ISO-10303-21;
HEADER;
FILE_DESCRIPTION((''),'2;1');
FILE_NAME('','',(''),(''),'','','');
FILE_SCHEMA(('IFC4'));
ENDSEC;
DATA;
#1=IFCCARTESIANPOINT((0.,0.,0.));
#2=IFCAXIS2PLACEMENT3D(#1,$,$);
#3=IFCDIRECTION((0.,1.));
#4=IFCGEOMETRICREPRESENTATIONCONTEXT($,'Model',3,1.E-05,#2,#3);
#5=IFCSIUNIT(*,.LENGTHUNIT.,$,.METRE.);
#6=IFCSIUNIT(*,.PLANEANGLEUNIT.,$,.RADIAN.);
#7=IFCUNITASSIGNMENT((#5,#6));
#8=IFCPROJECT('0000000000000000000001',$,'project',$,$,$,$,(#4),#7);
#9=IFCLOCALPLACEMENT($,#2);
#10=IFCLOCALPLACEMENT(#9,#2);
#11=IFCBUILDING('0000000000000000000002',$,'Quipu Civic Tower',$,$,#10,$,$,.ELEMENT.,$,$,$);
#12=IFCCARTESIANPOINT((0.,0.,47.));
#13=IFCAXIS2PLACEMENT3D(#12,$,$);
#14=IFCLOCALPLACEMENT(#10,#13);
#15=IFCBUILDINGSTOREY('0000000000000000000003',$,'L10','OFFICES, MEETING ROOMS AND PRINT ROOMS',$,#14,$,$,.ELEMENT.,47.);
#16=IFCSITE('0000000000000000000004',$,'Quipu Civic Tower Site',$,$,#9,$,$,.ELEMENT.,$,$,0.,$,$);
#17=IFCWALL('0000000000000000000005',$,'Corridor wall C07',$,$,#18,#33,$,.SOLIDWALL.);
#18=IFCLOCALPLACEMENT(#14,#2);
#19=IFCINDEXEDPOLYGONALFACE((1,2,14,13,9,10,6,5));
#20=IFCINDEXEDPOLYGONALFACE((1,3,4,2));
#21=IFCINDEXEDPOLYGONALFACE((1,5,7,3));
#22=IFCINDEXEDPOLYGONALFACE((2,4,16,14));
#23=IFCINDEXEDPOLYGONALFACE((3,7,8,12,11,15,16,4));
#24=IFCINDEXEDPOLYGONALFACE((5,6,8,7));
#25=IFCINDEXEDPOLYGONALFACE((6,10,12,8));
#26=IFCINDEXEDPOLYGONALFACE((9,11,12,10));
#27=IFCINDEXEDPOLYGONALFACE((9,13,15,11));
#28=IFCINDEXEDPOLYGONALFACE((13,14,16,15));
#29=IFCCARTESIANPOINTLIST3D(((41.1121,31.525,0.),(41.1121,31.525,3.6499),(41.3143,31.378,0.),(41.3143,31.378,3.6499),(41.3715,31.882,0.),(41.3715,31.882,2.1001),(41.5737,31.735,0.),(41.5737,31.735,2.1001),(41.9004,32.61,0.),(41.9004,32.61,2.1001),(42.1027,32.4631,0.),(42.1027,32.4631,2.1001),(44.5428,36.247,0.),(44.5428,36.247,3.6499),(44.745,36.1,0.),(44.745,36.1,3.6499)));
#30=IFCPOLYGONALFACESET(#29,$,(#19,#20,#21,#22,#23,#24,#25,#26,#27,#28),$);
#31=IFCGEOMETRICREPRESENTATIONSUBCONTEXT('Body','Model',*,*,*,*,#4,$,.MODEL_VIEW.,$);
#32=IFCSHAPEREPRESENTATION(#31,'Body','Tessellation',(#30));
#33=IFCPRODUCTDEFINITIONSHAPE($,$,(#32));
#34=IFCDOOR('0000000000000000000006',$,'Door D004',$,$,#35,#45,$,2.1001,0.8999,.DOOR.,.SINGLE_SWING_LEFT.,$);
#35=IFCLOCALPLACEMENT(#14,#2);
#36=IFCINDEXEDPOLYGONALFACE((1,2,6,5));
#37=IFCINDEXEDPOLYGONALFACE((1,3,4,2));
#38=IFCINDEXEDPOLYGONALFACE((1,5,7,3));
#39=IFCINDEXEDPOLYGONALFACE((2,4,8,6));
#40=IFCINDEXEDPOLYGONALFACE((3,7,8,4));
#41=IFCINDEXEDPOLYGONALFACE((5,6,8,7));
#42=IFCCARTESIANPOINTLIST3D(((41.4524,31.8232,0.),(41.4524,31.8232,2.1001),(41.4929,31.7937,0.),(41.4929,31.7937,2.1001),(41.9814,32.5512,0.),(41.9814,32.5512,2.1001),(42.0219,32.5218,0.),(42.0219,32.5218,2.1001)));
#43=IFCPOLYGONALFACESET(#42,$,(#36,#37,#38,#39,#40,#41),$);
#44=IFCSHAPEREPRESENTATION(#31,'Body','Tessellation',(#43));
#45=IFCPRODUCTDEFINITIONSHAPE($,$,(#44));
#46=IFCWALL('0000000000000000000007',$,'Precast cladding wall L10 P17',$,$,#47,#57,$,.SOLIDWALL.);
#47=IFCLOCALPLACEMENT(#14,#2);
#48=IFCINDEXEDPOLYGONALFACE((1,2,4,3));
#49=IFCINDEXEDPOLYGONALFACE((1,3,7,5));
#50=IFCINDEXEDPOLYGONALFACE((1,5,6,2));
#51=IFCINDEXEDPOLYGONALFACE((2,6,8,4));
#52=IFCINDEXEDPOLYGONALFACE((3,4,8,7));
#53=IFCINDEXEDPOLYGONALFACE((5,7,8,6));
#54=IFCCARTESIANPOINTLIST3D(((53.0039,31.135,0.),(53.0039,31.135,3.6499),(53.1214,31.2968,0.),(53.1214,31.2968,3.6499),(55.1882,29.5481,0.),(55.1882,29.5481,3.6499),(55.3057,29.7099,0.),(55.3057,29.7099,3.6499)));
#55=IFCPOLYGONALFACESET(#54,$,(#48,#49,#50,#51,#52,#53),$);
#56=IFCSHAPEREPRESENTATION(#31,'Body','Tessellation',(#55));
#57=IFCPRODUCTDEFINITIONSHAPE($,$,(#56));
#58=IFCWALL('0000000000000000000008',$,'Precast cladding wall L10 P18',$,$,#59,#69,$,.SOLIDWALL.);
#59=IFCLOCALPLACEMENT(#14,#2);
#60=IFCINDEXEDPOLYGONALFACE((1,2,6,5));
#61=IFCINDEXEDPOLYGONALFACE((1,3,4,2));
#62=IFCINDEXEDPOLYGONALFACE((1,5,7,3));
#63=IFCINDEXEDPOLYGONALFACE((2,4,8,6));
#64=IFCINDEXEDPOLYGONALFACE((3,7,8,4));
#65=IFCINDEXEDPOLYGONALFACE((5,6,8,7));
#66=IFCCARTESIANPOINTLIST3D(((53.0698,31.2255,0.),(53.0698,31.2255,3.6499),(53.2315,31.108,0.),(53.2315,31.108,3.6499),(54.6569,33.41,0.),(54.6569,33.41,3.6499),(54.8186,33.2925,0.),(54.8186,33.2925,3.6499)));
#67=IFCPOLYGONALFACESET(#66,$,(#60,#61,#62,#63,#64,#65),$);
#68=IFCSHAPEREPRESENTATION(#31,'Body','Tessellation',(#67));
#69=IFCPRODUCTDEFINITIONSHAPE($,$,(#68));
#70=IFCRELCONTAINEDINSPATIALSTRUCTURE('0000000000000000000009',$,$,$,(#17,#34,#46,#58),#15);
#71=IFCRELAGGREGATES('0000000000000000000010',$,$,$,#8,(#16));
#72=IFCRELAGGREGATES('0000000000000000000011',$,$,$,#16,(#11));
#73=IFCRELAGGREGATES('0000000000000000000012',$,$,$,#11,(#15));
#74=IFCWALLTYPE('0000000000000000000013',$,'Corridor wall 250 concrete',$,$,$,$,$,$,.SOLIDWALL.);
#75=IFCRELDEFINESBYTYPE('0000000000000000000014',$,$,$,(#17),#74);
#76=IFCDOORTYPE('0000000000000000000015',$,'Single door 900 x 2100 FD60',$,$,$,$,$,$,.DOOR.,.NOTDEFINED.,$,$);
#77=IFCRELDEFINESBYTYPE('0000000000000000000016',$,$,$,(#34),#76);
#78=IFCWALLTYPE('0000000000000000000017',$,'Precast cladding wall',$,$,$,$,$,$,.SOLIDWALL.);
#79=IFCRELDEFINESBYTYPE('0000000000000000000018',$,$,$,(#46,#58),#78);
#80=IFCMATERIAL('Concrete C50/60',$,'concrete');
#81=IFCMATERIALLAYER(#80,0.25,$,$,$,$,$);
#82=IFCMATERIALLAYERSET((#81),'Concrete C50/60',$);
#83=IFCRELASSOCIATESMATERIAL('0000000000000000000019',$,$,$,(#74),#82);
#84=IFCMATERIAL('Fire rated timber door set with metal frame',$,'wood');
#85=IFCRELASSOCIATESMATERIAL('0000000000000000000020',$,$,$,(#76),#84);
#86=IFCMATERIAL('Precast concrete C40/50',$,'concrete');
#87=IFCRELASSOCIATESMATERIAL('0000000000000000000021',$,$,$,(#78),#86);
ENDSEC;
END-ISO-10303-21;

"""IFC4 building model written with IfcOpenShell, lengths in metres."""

from ifc_helpers import new_model, si_unit, direction, frame, frame_2d, origin, place, context, subcontext, project, spatial, rectangle, extrude, material, layer, layer_set, type_object, element, fill, save


model = new_model("IFC4")

# Units and contexts
model_context = context("Model", 3, precision=1e-05, world=origin(), true_north=direction((0.0, 1.0)))
body_context = subcontext(model_context, "Body", "Model", "MODEL_VIEW")
ifc_project = project(units=[si_unit("LENGTHUNIT", "METRE"), si_unit("PLANEANGLEUNIT", "RADIAN")], contexts=[model_context])

# Site, building, storey
site_placement = place(None, origin())
site = spatial("IfcSite", under=ifc_project, at=site_placement, Name="Quipu Civic Tower Site", CompositionType="ELEMENT", RefElevation=0.0)
building_placement = place(site_placement, origin())
building = spatial("IfcBuilding", under=site, at=building_placement, Name="Quipu Civic Tower", CompositionType="ELEMENT")
storey_placement = place(building_placement, frame((0.0, 0.0, 47.0)))
storey = spatial("IfcBuildingStorey", under=building, at=storey_placement, Name="L10", Description="OFFICES, MEETING ROOMS AND PRINT ROOMS", CompositionType="ELEMENT", Elevation=47.0)

# Wall, opening, door
ifc_material_1 = material(Name="Concrete C50/60", Category="concrete")
ifc_layer_1 = layer(ifc_material_1, 0.25)
ifc_layer_set_1 = layer_set([ifc_layer_1], Name="Concrete C50/60")
wall_type_1 = type_object("IfcWallType", Name="Corridor wall 250 concrete", PredefinedType="SOLIDWALL", material=ifc_layer_set_1)
wall_1_placement = place(storey_placement, frame((41.2131, 31.4514, 0.0), z_axis=(0.0, 0.0, 1.0), x_axis=(0.587784, 0.809018, 0.0)))
wall_1 = element("IfcWall", 1, at=wall_1_placement, inside=storey, type_object=wall_type_1, Name="Corridor wall C07", PredefinedType="SOLIDWALL", context=body_context, shape_type="SweptSolid", body=[
    extrude(rectangle(XDim=5.8367, YDim=0.25, at=frame_2d((2.9185, 0.0))), origin(), (0.0, 0.0, 1.0), 3.6499),
])
opening_placement = place(wall_1_placement, frame((0.4414, 0.0, 0.0)))
opening = element("IfcOpeningElement", 2, at=opening_placement, cuts=wall_1, PredefinedType="OPENING", context=body_context, shape_type="SweptSolid", body=[
    extrude(rectangle(XDim=0.8999, YDim=2.1001, at=frame_2d((0.45, 1.05))), frame((0.0, 0.135, 0.0), z_axis=(0.0, -1.0, 0.0), x_axis=(1.0, 0.0, 0.0)), (0.0, 0.0, 1.0), 0.27),
])
ifc_material_2 = material(Name="Fire rated timber door set with metal frame", Category="wood")
door_type = type_object("IfcDoorType", Name="Single door 900 x 2100 FD60", OperationType="NOTDEFINED", PredefinedType="DOOR", material=ifc_material_2)
door_placement = place(opening_placement, origin())
door = element("IfcDoor", 3, at=door_placement, inside=storey, type_object=door_type, Name="Door D004", OperationType="SINGLE_SWING_LEFT", OverallHeight=2.1001, OverallWidth=0.8999, PredefinedType="DOOR", context=body_context, shape_type="SweptSolid", body=[
    extrude(rectangle(XDim=0.8999, YDim=2.1001, at=frame_2d((0.45, 1.05))), frame((0.0, 0.0249, 0.0), z_axis=(0.0, -1.0, 0.0), x_axis=(1.0, 0.0, 0.0)), (0.0, 0.0, 1.0), 0.05),
])
fill(opening, door)

# Walls
ifc_material_3 = material(Name="Precast concrete C40/50", Category="concrete")
wall_type_2 = type_object("IfcWallType", Name="Precast cladding wall", PredefinedType="SOLIDWALL", material=ifc_material_3)
wall_2_placement = place(storey_placement, frame((55.2471, 29.6289, 0.0), z_axis=(0.0, 0.0, 1.0), x_axis=(-0.809033, 0.587763, 0.0)))
element("IfcWall", 4, at=wall_2_placement, inside=storey, type_object=wall_type_2, Name="Precast cladding wall L10 P17", PredefinedType="SOLIDWALL", context=body_context, shape_type="SweptSolid", body=[
    extrude(rectangle(XDim=2.7, YDim=0.2, at=frame_2d((1.3501, 0.0))), origin(), (0.0, 0.0, 1.0), 3.6499),
])
wall_3_placement = place(storey_placement, frame((53.1506, 31.1667, 0.0), z_axis=(0.0, 0.0, 1.0), x_axis=(0.587779, 0.809021, 0.0)))
element("IfcWall", 5, at=wall_3_placement, inside=storey, type_object=wall_type_2, Name="Precast cladding wall L10 P18", PredefinedType="SOLIDWALL", context=body_context, shape_type="SweptSolid", body=[
    extrude(rectangle(XDim=2.7002, YDim=0.2, at=frame_2d((1.3501, 0.0))), origin(), (0.0, 0.0, 1.0), 3.6499),
])

save(model, "model.ifc")
